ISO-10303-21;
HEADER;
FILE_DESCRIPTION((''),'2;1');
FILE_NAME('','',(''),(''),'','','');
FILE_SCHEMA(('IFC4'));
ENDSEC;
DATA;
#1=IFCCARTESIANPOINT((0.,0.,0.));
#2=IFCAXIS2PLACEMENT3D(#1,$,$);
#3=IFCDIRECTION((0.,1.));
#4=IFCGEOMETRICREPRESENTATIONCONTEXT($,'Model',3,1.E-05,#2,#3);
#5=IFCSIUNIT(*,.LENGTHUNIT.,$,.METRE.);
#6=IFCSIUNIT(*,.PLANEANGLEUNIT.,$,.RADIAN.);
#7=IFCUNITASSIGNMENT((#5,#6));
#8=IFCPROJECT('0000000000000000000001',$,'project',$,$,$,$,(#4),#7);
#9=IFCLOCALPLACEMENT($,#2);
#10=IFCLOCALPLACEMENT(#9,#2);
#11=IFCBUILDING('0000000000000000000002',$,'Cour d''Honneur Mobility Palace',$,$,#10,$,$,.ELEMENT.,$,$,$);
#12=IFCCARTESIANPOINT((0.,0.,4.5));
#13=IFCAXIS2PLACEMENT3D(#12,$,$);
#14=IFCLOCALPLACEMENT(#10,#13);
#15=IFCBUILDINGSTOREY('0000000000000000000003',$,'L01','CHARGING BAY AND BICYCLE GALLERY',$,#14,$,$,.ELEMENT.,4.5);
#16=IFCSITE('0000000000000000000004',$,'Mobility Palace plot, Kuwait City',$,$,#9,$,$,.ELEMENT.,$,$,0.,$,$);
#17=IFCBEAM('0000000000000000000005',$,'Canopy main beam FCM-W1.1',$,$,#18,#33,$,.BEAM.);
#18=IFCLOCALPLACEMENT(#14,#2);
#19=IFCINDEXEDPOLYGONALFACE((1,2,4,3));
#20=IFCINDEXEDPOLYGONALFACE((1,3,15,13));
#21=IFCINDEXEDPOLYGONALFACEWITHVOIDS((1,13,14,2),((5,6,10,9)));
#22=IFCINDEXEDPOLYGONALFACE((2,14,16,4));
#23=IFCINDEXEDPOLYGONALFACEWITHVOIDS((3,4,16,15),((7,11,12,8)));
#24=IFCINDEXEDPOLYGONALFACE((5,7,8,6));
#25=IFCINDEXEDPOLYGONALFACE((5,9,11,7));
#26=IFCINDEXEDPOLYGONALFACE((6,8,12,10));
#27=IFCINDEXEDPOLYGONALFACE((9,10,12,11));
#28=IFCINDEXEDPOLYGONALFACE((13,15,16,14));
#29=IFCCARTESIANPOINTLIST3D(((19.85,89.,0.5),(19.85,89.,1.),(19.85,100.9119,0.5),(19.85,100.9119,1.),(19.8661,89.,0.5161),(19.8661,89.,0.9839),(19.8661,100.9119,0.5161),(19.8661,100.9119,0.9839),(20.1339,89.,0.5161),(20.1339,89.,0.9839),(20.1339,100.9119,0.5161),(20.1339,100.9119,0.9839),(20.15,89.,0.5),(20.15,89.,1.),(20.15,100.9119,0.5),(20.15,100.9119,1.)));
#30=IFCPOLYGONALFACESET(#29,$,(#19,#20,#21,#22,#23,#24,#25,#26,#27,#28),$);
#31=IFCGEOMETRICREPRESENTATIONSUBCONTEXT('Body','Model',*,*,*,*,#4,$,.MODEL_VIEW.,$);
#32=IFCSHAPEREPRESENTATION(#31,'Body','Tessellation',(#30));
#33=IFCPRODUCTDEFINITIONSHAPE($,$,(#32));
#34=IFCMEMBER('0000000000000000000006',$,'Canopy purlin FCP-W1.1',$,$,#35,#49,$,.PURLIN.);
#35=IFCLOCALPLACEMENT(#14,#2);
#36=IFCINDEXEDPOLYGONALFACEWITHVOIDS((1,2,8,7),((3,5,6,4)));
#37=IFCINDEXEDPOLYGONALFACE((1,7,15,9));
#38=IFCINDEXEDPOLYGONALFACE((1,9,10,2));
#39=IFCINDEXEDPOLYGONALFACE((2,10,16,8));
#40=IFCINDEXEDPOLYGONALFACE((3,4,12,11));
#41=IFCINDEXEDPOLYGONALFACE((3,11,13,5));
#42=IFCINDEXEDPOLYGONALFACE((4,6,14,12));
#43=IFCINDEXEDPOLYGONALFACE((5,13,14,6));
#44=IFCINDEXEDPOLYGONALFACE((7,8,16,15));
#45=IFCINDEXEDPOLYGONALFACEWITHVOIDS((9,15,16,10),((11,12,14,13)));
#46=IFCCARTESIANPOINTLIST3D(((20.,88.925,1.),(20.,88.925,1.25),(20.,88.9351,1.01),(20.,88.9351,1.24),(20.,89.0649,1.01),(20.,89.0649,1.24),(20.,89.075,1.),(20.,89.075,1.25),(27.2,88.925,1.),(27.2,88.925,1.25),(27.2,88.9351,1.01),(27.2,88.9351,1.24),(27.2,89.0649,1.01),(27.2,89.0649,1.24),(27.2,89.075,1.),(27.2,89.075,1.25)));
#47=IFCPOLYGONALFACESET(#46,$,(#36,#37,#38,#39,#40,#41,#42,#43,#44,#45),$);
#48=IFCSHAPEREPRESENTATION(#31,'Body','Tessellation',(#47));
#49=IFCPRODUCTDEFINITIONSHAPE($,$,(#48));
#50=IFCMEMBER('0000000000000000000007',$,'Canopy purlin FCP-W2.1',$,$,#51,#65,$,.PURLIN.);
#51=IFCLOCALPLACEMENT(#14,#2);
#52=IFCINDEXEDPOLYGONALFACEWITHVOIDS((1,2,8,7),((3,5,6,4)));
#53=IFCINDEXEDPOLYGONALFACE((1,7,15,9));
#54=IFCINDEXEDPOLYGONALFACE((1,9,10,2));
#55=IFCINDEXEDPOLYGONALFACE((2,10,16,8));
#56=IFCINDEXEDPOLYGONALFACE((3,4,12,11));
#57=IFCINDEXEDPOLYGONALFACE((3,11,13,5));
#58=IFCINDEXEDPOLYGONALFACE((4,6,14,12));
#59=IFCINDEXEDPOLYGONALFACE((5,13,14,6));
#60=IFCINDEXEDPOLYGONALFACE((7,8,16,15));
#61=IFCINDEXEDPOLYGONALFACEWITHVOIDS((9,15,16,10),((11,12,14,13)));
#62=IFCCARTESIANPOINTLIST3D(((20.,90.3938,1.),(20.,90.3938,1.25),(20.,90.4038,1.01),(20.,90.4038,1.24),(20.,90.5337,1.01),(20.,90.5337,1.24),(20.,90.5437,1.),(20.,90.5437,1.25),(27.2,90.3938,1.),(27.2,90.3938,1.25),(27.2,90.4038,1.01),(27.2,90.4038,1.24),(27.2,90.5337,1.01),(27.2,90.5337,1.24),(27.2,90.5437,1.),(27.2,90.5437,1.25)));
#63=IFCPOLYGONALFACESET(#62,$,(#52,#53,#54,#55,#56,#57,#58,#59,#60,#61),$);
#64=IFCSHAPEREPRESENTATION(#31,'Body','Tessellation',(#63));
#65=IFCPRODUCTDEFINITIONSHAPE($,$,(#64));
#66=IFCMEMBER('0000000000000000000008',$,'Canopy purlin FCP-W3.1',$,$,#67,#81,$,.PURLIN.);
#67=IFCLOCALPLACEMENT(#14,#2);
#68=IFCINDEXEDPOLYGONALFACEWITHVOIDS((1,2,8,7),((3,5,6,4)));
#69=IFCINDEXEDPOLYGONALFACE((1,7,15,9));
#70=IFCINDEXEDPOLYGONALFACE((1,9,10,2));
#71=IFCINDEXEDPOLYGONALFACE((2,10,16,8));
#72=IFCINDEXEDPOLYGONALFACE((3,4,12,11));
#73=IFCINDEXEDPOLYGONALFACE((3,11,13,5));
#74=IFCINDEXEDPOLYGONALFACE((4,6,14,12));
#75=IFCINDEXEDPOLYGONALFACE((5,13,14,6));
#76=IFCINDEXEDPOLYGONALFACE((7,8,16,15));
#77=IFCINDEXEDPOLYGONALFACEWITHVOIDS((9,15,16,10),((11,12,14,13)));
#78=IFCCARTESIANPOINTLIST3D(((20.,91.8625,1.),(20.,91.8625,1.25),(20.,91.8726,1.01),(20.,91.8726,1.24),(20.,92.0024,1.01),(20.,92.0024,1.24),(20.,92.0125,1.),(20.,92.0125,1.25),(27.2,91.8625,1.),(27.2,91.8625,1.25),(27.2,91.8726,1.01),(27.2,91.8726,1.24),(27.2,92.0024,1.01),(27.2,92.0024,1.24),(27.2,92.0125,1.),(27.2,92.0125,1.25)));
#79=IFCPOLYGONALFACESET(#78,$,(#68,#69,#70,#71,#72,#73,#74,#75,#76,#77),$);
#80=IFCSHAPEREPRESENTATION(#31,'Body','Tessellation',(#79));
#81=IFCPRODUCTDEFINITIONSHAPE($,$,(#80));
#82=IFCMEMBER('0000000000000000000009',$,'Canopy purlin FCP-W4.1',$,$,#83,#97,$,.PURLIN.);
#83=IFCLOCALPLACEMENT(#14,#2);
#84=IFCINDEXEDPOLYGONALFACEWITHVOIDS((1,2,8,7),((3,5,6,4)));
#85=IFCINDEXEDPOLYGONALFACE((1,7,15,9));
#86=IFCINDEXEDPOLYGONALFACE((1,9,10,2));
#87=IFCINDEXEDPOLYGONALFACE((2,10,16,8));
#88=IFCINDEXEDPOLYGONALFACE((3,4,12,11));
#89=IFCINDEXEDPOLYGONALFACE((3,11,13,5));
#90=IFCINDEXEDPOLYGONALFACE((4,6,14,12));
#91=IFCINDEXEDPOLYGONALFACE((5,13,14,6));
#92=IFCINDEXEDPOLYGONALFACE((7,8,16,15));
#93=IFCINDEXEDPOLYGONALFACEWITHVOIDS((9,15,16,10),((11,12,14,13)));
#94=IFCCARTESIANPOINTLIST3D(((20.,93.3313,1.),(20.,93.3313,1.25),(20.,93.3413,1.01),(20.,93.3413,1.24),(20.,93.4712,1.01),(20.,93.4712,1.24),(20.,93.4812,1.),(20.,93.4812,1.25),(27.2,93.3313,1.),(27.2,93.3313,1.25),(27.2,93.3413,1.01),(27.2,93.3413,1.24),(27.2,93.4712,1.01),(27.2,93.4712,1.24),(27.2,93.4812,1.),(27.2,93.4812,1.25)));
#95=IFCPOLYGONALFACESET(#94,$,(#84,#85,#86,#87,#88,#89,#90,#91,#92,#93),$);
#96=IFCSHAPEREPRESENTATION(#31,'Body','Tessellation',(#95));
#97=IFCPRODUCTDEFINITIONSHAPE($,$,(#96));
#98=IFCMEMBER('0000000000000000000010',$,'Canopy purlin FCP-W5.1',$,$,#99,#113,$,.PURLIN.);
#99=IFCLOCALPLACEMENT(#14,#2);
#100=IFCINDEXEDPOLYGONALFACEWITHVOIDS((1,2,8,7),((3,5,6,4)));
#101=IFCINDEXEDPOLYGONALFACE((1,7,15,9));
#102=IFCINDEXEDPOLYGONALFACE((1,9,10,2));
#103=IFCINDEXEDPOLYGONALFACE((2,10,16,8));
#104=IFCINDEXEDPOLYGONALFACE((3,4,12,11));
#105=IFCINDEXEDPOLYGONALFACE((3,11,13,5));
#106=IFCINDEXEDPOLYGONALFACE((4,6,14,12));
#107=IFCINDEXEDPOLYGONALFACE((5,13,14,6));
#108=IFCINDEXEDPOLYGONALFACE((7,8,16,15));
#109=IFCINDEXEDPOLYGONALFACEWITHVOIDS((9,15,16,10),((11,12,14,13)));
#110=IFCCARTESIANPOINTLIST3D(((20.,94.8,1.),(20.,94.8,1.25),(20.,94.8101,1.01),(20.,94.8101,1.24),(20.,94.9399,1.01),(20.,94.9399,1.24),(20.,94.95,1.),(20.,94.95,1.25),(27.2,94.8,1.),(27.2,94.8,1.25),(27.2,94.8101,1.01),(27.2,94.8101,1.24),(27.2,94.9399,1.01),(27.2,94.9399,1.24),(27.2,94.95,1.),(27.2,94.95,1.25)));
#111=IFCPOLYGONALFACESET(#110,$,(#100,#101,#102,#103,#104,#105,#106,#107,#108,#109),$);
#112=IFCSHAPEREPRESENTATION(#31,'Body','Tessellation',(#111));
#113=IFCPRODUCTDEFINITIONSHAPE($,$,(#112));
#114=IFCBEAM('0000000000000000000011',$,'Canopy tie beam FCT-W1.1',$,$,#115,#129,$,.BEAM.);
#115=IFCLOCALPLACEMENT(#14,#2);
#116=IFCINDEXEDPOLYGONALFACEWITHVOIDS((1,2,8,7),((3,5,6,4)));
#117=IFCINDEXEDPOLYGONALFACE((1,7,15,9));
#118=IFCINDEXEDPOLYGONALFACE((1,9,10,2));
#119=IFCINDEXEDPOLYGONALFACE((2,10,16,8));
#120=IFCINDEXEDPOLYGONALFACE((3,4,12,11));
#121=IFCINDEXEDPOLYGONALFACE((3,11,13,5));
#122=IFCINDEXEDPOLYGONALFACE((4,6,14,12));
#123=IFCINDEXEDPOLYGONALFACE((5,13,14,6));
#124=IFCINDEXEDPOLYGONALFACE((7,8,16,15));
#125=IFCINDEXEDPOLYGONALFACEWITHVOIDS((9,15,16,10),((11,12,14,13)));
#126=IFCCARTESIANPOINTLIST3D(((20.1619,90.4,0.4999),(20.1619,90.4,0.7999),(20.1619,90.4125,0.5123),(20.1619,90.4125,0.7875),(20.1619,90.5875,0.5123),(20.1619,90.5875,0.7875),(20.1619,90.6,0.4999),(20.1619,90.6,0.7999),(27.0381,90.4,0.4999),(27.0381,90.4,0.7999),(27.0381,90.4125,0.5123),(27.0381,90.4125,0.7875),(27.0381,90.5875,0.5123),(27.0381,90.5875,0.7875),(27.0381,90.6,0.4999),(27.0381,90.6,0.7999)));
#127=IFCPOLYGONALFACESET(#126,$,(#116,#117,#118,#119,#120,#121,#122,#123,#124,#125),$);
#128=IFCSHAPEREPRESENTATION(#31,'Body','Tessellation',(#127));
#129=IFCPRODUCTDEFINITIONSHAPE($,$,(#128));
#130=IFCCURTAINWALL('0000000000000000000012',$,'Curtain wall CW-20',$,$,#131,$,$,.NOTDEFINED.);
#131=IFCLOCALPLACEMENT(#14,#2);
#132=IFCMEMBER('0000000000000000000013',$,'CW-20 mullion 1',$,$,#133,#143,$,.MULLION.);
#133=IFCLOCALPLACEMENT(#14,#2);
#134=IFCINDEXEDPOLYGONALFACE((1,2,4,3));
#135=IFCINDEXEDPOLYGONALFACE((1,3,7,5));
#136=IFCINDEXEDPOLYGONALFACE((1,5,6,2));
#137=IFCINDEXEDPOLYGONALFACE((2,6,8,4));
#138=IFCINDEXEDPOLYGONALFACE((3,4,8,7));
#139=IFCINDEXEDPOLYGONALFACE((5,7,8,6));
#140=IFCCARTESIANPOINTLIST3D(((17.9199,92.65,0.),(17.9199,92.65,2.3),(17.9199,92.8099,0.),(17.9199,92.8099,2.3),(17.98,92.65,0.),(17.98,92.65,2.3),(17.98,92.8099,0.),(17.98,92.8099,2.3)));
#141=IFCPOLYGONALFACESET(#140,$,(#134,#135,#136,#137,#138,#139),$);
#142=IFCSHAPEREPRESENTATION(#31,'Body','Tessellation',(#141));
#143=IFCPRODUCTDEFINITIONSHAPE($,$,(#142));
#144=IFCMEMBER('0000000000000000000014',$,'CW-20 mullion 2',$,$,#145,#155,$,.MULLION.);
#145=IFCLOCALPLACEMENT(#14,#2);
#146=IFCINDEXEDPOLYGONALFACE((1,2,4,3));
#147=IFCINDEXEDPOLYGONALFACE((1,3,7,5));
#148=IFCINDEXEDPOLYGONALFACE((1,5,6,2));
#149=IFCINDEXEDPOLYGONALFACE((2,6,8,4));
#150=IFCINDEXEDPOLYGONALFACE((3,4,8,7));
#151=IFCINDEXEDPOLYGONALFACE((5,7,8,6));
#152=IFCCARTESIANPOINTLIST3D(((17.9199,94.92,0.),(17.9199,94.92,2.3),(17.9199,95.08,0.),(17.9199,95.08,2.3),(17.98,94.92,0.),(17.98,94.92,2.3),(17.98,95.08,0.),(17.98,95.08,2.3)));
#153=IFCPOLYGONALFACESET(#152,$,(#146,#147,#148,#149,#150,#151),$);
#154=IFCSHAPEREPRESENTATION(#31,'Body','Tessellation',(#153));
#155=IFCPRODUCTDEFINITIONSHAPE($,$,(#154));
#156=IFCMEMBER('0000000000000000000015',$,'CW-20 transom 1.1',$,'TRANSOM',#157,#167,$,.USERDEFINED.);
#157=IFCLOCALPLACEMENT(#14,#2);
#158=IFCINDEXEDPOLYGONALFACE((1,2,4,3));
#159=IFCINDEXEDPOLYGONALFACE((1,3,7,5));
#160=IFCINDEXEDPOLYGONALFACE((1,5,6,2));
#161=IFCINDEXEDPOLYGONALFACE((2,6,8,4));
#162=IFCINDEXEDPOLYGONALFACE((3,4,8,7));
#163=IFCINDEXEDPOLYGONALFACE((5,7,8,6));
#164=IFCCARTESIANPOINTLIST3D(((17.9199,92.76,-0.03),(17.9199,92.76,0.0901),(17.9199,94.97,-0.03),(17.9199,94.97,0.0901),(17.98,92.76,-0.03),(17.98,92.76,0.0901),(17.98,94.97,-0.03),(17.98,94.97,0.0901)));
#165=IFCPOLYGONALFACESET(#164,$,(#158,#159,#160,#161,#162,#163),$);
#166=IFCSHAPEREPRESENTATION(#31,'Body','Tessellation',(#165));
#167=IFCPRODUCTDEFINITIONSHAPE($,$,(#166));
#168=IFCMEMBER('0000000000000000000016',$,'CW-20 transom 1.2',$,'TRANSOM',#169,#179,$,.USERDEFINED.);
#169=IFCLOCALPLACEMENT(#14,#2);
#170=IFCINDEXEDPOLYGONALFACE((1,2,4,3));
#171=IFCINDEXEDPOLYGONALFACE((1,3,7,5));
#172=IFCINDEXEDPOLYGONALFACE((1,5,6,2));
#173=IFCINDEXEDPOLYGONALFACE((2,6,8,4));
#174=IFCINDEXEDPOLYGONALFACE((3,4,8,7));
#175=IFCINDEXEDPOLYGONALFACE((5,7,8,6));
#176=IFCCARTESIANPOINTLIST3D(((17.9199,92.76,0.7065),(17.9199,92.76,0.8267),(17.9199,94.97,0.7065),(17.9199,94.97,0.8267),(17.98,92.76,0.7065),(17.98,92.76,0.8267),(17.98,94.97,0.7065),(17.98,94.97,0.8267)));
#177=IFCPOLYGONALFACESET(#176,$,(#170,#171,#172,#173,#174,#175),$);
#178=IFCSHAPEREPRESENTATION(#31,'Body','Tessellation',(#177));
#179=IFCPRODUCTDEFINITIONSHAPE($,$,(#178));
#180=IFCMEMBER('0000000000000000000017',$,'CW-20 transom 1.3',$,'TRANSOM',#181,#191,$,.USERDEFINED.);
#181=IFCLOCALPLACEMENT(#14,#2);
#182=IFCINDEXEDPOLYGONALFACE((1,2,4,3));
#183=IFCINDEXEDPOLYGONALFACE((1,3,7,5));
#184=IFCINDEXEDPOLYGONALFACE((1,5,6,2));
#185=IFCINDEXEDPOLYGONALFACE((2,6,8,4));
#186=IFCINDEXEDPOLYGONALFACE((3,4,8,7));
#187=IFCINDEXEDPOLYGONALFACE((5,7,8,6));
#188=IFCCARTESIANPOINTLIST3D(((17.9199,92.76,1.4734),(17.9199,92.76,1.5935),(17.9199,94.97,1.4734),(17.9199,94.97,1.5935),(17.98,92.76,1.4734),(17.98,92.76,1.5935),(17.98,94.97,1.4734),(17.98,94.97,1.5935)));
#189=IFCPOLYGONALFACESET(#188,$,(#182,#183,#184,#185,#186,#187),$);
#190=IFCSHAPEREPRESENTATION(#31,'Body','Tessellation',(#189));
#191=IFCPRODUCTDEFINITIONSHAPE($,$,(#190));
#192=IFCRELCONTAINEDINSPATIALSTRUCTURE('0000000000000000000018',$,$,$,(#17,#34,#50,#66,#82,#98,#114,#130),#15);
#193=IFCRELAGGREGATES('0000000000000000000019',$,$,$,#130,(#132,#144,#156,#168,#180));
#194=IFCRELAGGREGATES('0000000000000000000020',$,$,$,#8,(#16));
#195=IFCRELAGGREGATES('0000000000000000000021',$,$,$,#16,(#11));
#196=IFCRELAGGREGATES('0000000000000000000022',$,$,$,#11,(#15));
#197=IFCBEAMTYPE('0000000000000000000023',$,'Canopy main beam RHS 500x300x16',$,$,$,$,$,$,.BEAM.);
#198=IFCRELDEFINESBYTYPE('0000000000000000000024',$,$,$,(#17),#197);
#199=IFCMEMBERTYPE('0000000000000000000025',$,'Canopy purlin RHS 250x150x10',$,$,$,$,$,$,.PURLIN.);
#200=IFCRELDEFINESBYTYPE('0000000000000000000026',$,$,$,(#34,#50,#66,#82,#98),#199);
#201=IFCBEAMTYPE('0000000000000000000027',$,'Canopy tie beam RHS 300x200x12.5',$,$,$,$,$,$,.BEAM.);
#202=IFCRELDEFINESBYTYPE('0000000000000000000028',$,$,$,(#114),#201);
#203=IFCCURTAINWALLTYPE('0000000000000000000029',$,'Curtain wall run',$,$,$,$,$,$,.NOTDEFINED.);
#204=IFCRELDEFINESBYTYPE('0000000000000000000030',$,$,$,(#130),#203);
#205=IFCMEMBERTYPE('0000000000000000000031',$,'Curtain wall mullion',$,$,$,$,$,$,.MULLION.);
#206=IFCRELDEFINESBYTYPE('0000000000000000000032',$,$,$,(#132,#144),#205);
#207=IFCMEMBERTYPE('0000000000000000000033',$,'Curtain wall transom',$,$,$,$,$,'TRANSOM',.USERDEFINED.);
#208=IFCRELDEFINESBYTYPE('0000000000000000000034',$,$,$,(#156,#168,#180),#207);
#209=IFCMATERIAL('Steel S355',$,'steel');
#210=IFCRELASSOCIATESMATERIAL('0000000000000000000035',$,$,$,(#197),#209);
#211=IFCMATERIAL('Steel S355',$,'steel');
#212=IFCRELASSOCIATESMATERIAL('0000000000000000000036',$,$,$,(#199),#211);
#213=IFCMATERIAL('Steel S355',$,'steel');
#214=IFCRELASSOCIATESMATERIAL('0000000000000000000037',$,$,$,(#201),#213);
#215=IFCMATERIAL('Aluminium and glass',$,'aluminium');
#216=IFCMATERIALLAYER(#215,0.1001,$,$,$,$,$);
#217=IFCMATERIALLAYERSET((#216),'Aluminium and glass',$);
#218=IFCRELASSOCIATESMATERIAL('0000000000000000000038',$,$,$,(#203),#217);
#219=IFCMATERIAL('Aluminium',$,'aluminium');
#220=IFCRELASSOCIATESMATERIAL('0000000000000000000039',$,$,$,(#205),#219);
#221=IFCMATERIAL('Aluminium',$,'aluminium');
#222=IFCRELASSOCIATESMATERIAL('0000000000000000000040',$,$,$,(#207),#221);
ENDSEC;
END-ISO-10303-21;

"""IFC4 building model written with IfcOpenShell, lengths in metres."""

from ifc_helpers import new_model, si_unit, direction, frame, origin, origin_2d, place, context, subcontext, project, spatial, rectangle, hollow_rectangle, extrude, material, layer, layer_set, material_profile, profile_set, type_object, element, aggregate, save


model = new_model("IFC4")

# Units and contexts
model_context = context("Model", 3, precision=1e-05, world=origin(), true_north=direction((0.0, 1.0)))
body_context = subcontext(model_context, "Body", "Model", "MODEL_VIEW")
ifc_project = project(units=[si_unit("LENGTHUNIT", "METRE"), si_unit("PLANEANGLEUNIT", "RADIAN")], contexts=[model_context])

# Site, building, storey
site_placement = place(None, origin())
site = spatial("IfcSite", under=ifc_project, at=site_placement, Name="Mobility Palace plot, Kuwait City", CompositionType="ELEMENT", RefElevation=0.0)
building_placement = place(site_placement, origin())
building = spatial("IfcBuilding", under=site, at=building_placement, Name="Cour d'Honneur Mobility Palace", CompositionType="ELEMENT")
storey_placement = place(building_placement, frame((0.0, 0.0, 4.5)))
storey = spatial("IfcBuildingStorey", under=building, at=storey_placement, Name="L01", Description="CHARGING BAY AND BICYCLE GALLERY", CompositionType="ELEMENT", Elevation=4.5)

# Beam
ifc_material_1 = material(Name="Steel S355", Category="steel")
ifc_material_profile_1 = material_profile(ifc_material_1, hollow_rectangle(XDim=0.3, YDim=0.5, WallThickness=0.0161, at=origin_2d()), Name="RHS 500x300x16")
ifc_profile_set_1 = profile_set([ifc_material_profile_1], Name="Steel S355")
beam_type_1 = type_object("IfcBeamType", Name="Canopy main beam RHS 500x300x16", PredefinedType="BEAM", material=ifc_profile_set_1)
beam_1_placement = place(storey_placement, frame((20.0, 89.0, 0.75), z_axis=(0.0, 1.0, 0.0), x_axis=(-1.0, 0.0, 0.0)))
element("IfcBeam", 1, at=beam_1_placement, inside=storey, type_object=beam_type_1, Name="Canopy main beam FCM-W1.1", PredefinedType="BEAM", context=body_context, shape_type="SweptSolid", body=[
    extrude(hollow_rectangle(XDim=0.3, YDim=0.5, WallThickness=0.0161, at=origin_2d()), origin(), (0.0, 0.0, 1.0), 11.9119),
])

# Members
ifc_material_2 = material(Name="Steel S355", Category="steel")
ifc_material_profile_2 = material_profile(ifc_material_2, hollow_rectangle(XDim=0.1499, YDim=0.25, WallThickness=0.01, at=origin_2d()), Name="RHS 250x150x10")
ifc_profile_set_2 = profile_set([ifc_material_profile_2], Name="Steel S355")
member_type_1 = type_object("IfcMemberType", Name="Canopy purlin RHS 250x150x10", PredefinedType="PURLIN", material=ifc_profile_set_2)
for number, where, z_axis, x_axis, name in (
    (2, (20.0, 89.0, 1.125), (1.0, 0.0, 0.0), (0.0, 1.0, 0.0), "Canopy purlin FCP-W1.1"),
    (3, (20.0, 90.4688, 1.125), (1.0, 0.0, 0.0), (0.0, 1.0, 0.0), "Canopy purlin FCP-W2.1"),
    (4, (20.0, 91.9375, 1.125), (1.0, 0.0, 0.0), (0.0, 1.0, 0.0), "Canopy purlin FCP-W3.1"),
    (5, (20.0, 93.4062, 1.125), (1.0, 0.0, 0.0), (0.0, 1.0, 0.0), "Canopy purlin FCP-W4.1"),
    (6, (20.0, 94.875, 1.125), (1.0, 0.0, 0.0), (0.0, 1.0, 0.0), "Canopy purlin FCP-W5.1"),
):
    element("IfcMember", number, at=place(storey_placement, frame(where, z_axis=z_axis, x_axis=x_axis)), inside=storey, type_object=member_type_1, Name=name, PredefinedType="PURLIN", context=body_context, shape_type="SweptSolid", body=[
        extrude(hollow_rectangle(XDim=0.1499, YDim=0.25, WallThickness=0.01, at=origin_2d()), origin(), (0.0, 0.0, 1.0), 7.2),
    ])

# Beam
ifc_material_3 = material(Name="Steel S355", Category="steel")
ifc_material_profile_3 = material_profile(ifc_material_3, hollow_rectangle(XDim=0.2, YDim=0.3, WallThickness=0.0125, at=origin_2d()), Name="RHS 300x200x12.5")
ifc_profile_set_3 = profile_set([ifc_material_profile_3], Name="Steel S355")
beam_type_2 = type_object("IfcBeamType", Name="Canopy tie beam RHS 300x200x12.5", PredefinedType="BEAM", material=ifc_profile_set_3)
beam_2_placement = place(storey_placement, frame((20.1619, 90.5, 0.6499), z_axis=(1.0, 0.0, 0.0), x_axis=(0.0, 1.0, 0.0)))
element("IfcBeam", 7, at=beam_2_placement, inside=storey, type_object=beam_type_2, Name="Canopy tie beam FCT-W1.1", PredefinedType="BEAM", context=body_context, shape_type="SweptSolid", body=[
    extrude(hollow_rectangle(XDim=0.2, YDim=0.3, WallThickness=0.0125, at=origin_2d()), origin(), (0.0, 0.0, 1.0), 6.8762),
])

# Curtain wall, members
ifc_material_4 = material(Name="Aluminium and glass", Category="aluminium")
ifc_layer_1 = layer(ifc_material_4, 0.1001)
ifc_layer_set_1 = layer_set([ifc_layer_1], Name="Aluminium and glass")
curtain_wall_type = type_object("IfcCurtainWallType", Name="Curtain wall run", PredefinedType="NOTDEFINED", material=ifc_layer_set_1)
curtain_wall_placement = place(storey_placement, origin())
curtain_wall = element("IfcCurtainWall", 8, at=curtain_wall_placement, inside=storey, type_object=curtain_wall_type, Name="Curtain wall CW-20", PredefinedType="NOTDEFINED")
ifc_material_5 = material(Name="Aluminium", Category="aluminium")
ifc_material_profile_4 = material_profile(ifc_material_5, rectangle(XDim=0.0601, YDim=0.1599, at=origin_2d()), Name="Curtain wall mullion")
ifc_profile_set_4 = profile_set([ifc_material_profile_4], Name="Aluminium")
member_type_2 = type_object("IfcMemberType", Name="Curtain wall mullion", PredefinedType="MULLION", material=ifc_profile_set_4)
member_1_placement = place(storey_placement, frame((17.95, 92.73, 0.0), z_axis=(0.0, 0.0, 1.0), x_axis=(-1.0, 0.0, 0.0)))
member_1 = element("IfcMember", 9, at=member_1_placement, type_object=member_type_2, Name="CW-20 mullion 1", PredefinedType="MULLION", context=body_context, shape_type="SweptSolid", body=[
    extrude(rectangle(XDim=0.0601, YDim=0.1599, at=origin_2d()), origin(), (0.0, 0.0, 1.0), 2.3),
])
member_2_placement = place(storey_placement, frame((17.95, 95.0, 0.0), z_axis=(0.0, 0.0, 1.0), x_axis=(-1.0, 0.0, 0.0)))
member_2 = element("IfcMember", 10, at=member_2_placement, type_object=member_type_2, Name="CW-20 mullion 2", PredefinedType="MULLION", context=body_context, shape_type="SweptSolid", body=[
    extrude(rectangle(XDim=0.0601, YDim=0.1599, at=origin_2d()), origin(), (0.0, 0.0, 1.0), 2.3),
])
ifc_material_6 = material(Name="Aluminium", Category="aluminium")
ifc_material_profile_5 = material_profile(ifc_material_6, rectangle(XDim=0.0601, YDim=0.1201, at=origin_2d()), Name="Curtain wall transom")
ifc_profile_set_5 = profile_set([ifc_material_profile_5], Name="Aluminium")
member_type_3 = type_object("IfcMemberType", Name="Curtain wall transom", ElementType="TRANSOM", PredefinedType="USERDEFINED", material=ifc_profile_set_5)
member_3_placement = place(storey_placement, frame((17.95, 92.76, 0.03), z_axis=(0.0, 1.0, 0.0), x_axis=(-1.0, 0.0, 0.0)))
member_3 = element("IfcMember", 11, at=member_3_placement, type_object=member_type_3, Name="CW-20 transom 1.1", ObjectType="TRANSOM", PredefinedType="USERDEFINED", context=body_context, shape_type="SweptSolid", body=[
    extrude(rectangle(XDim=0.0601, YDim=0.1201, at=origin_2d()), origin(), (0.0, 0.0, 1.0), 2.21),
])
member_4_placement = place(storey_placement, frame((17.95, 92.76, 0.7666), z_axis=(0.0, 1.0, 0.0), x_axis=(-1.0, 0.0, 0.0)))
member_4 = element("IfcMember", 12, at=member_4_placement, type_object=member_type_3, Name="CW-20 transom 1.2", ObjectType="TRANSOM", PredefinedType="USERDEFINED", context=body_context, shape_type="SweptSolid", body=[
    extrude(rectangle(XDim=0.0601, YDim=0.1201, at=origin_2d()), origin(), (0.0, 0.0, 1.0), 2.21),
])
member_5_placement = place(storey_placement, frame((17.95, 92.76, 1.5334), z_axis=(0.0, 1.0, 0.0), x_axis=(-1.0, 0.0, 0.0)))
member_5 = element("IfcMember", 13, at=member_5_placement, type_object=member_type_3, Name="CW-20 transom 1.3", ObjectType="TRANSOM", PredefinedType="USERDEFINED", context=body_context, shape_type="SweptSolid", body=[
    extrude(rectangle(XDim=0.0601, YDim=0.1201, at=origin_2d()), origin(), (0.0, 0.0, 1.0), 2.21),
])
aggregate(curtain_wall, [member_1, member_2, member_3, member_4, member_5])

save(model, "model.ifc")
